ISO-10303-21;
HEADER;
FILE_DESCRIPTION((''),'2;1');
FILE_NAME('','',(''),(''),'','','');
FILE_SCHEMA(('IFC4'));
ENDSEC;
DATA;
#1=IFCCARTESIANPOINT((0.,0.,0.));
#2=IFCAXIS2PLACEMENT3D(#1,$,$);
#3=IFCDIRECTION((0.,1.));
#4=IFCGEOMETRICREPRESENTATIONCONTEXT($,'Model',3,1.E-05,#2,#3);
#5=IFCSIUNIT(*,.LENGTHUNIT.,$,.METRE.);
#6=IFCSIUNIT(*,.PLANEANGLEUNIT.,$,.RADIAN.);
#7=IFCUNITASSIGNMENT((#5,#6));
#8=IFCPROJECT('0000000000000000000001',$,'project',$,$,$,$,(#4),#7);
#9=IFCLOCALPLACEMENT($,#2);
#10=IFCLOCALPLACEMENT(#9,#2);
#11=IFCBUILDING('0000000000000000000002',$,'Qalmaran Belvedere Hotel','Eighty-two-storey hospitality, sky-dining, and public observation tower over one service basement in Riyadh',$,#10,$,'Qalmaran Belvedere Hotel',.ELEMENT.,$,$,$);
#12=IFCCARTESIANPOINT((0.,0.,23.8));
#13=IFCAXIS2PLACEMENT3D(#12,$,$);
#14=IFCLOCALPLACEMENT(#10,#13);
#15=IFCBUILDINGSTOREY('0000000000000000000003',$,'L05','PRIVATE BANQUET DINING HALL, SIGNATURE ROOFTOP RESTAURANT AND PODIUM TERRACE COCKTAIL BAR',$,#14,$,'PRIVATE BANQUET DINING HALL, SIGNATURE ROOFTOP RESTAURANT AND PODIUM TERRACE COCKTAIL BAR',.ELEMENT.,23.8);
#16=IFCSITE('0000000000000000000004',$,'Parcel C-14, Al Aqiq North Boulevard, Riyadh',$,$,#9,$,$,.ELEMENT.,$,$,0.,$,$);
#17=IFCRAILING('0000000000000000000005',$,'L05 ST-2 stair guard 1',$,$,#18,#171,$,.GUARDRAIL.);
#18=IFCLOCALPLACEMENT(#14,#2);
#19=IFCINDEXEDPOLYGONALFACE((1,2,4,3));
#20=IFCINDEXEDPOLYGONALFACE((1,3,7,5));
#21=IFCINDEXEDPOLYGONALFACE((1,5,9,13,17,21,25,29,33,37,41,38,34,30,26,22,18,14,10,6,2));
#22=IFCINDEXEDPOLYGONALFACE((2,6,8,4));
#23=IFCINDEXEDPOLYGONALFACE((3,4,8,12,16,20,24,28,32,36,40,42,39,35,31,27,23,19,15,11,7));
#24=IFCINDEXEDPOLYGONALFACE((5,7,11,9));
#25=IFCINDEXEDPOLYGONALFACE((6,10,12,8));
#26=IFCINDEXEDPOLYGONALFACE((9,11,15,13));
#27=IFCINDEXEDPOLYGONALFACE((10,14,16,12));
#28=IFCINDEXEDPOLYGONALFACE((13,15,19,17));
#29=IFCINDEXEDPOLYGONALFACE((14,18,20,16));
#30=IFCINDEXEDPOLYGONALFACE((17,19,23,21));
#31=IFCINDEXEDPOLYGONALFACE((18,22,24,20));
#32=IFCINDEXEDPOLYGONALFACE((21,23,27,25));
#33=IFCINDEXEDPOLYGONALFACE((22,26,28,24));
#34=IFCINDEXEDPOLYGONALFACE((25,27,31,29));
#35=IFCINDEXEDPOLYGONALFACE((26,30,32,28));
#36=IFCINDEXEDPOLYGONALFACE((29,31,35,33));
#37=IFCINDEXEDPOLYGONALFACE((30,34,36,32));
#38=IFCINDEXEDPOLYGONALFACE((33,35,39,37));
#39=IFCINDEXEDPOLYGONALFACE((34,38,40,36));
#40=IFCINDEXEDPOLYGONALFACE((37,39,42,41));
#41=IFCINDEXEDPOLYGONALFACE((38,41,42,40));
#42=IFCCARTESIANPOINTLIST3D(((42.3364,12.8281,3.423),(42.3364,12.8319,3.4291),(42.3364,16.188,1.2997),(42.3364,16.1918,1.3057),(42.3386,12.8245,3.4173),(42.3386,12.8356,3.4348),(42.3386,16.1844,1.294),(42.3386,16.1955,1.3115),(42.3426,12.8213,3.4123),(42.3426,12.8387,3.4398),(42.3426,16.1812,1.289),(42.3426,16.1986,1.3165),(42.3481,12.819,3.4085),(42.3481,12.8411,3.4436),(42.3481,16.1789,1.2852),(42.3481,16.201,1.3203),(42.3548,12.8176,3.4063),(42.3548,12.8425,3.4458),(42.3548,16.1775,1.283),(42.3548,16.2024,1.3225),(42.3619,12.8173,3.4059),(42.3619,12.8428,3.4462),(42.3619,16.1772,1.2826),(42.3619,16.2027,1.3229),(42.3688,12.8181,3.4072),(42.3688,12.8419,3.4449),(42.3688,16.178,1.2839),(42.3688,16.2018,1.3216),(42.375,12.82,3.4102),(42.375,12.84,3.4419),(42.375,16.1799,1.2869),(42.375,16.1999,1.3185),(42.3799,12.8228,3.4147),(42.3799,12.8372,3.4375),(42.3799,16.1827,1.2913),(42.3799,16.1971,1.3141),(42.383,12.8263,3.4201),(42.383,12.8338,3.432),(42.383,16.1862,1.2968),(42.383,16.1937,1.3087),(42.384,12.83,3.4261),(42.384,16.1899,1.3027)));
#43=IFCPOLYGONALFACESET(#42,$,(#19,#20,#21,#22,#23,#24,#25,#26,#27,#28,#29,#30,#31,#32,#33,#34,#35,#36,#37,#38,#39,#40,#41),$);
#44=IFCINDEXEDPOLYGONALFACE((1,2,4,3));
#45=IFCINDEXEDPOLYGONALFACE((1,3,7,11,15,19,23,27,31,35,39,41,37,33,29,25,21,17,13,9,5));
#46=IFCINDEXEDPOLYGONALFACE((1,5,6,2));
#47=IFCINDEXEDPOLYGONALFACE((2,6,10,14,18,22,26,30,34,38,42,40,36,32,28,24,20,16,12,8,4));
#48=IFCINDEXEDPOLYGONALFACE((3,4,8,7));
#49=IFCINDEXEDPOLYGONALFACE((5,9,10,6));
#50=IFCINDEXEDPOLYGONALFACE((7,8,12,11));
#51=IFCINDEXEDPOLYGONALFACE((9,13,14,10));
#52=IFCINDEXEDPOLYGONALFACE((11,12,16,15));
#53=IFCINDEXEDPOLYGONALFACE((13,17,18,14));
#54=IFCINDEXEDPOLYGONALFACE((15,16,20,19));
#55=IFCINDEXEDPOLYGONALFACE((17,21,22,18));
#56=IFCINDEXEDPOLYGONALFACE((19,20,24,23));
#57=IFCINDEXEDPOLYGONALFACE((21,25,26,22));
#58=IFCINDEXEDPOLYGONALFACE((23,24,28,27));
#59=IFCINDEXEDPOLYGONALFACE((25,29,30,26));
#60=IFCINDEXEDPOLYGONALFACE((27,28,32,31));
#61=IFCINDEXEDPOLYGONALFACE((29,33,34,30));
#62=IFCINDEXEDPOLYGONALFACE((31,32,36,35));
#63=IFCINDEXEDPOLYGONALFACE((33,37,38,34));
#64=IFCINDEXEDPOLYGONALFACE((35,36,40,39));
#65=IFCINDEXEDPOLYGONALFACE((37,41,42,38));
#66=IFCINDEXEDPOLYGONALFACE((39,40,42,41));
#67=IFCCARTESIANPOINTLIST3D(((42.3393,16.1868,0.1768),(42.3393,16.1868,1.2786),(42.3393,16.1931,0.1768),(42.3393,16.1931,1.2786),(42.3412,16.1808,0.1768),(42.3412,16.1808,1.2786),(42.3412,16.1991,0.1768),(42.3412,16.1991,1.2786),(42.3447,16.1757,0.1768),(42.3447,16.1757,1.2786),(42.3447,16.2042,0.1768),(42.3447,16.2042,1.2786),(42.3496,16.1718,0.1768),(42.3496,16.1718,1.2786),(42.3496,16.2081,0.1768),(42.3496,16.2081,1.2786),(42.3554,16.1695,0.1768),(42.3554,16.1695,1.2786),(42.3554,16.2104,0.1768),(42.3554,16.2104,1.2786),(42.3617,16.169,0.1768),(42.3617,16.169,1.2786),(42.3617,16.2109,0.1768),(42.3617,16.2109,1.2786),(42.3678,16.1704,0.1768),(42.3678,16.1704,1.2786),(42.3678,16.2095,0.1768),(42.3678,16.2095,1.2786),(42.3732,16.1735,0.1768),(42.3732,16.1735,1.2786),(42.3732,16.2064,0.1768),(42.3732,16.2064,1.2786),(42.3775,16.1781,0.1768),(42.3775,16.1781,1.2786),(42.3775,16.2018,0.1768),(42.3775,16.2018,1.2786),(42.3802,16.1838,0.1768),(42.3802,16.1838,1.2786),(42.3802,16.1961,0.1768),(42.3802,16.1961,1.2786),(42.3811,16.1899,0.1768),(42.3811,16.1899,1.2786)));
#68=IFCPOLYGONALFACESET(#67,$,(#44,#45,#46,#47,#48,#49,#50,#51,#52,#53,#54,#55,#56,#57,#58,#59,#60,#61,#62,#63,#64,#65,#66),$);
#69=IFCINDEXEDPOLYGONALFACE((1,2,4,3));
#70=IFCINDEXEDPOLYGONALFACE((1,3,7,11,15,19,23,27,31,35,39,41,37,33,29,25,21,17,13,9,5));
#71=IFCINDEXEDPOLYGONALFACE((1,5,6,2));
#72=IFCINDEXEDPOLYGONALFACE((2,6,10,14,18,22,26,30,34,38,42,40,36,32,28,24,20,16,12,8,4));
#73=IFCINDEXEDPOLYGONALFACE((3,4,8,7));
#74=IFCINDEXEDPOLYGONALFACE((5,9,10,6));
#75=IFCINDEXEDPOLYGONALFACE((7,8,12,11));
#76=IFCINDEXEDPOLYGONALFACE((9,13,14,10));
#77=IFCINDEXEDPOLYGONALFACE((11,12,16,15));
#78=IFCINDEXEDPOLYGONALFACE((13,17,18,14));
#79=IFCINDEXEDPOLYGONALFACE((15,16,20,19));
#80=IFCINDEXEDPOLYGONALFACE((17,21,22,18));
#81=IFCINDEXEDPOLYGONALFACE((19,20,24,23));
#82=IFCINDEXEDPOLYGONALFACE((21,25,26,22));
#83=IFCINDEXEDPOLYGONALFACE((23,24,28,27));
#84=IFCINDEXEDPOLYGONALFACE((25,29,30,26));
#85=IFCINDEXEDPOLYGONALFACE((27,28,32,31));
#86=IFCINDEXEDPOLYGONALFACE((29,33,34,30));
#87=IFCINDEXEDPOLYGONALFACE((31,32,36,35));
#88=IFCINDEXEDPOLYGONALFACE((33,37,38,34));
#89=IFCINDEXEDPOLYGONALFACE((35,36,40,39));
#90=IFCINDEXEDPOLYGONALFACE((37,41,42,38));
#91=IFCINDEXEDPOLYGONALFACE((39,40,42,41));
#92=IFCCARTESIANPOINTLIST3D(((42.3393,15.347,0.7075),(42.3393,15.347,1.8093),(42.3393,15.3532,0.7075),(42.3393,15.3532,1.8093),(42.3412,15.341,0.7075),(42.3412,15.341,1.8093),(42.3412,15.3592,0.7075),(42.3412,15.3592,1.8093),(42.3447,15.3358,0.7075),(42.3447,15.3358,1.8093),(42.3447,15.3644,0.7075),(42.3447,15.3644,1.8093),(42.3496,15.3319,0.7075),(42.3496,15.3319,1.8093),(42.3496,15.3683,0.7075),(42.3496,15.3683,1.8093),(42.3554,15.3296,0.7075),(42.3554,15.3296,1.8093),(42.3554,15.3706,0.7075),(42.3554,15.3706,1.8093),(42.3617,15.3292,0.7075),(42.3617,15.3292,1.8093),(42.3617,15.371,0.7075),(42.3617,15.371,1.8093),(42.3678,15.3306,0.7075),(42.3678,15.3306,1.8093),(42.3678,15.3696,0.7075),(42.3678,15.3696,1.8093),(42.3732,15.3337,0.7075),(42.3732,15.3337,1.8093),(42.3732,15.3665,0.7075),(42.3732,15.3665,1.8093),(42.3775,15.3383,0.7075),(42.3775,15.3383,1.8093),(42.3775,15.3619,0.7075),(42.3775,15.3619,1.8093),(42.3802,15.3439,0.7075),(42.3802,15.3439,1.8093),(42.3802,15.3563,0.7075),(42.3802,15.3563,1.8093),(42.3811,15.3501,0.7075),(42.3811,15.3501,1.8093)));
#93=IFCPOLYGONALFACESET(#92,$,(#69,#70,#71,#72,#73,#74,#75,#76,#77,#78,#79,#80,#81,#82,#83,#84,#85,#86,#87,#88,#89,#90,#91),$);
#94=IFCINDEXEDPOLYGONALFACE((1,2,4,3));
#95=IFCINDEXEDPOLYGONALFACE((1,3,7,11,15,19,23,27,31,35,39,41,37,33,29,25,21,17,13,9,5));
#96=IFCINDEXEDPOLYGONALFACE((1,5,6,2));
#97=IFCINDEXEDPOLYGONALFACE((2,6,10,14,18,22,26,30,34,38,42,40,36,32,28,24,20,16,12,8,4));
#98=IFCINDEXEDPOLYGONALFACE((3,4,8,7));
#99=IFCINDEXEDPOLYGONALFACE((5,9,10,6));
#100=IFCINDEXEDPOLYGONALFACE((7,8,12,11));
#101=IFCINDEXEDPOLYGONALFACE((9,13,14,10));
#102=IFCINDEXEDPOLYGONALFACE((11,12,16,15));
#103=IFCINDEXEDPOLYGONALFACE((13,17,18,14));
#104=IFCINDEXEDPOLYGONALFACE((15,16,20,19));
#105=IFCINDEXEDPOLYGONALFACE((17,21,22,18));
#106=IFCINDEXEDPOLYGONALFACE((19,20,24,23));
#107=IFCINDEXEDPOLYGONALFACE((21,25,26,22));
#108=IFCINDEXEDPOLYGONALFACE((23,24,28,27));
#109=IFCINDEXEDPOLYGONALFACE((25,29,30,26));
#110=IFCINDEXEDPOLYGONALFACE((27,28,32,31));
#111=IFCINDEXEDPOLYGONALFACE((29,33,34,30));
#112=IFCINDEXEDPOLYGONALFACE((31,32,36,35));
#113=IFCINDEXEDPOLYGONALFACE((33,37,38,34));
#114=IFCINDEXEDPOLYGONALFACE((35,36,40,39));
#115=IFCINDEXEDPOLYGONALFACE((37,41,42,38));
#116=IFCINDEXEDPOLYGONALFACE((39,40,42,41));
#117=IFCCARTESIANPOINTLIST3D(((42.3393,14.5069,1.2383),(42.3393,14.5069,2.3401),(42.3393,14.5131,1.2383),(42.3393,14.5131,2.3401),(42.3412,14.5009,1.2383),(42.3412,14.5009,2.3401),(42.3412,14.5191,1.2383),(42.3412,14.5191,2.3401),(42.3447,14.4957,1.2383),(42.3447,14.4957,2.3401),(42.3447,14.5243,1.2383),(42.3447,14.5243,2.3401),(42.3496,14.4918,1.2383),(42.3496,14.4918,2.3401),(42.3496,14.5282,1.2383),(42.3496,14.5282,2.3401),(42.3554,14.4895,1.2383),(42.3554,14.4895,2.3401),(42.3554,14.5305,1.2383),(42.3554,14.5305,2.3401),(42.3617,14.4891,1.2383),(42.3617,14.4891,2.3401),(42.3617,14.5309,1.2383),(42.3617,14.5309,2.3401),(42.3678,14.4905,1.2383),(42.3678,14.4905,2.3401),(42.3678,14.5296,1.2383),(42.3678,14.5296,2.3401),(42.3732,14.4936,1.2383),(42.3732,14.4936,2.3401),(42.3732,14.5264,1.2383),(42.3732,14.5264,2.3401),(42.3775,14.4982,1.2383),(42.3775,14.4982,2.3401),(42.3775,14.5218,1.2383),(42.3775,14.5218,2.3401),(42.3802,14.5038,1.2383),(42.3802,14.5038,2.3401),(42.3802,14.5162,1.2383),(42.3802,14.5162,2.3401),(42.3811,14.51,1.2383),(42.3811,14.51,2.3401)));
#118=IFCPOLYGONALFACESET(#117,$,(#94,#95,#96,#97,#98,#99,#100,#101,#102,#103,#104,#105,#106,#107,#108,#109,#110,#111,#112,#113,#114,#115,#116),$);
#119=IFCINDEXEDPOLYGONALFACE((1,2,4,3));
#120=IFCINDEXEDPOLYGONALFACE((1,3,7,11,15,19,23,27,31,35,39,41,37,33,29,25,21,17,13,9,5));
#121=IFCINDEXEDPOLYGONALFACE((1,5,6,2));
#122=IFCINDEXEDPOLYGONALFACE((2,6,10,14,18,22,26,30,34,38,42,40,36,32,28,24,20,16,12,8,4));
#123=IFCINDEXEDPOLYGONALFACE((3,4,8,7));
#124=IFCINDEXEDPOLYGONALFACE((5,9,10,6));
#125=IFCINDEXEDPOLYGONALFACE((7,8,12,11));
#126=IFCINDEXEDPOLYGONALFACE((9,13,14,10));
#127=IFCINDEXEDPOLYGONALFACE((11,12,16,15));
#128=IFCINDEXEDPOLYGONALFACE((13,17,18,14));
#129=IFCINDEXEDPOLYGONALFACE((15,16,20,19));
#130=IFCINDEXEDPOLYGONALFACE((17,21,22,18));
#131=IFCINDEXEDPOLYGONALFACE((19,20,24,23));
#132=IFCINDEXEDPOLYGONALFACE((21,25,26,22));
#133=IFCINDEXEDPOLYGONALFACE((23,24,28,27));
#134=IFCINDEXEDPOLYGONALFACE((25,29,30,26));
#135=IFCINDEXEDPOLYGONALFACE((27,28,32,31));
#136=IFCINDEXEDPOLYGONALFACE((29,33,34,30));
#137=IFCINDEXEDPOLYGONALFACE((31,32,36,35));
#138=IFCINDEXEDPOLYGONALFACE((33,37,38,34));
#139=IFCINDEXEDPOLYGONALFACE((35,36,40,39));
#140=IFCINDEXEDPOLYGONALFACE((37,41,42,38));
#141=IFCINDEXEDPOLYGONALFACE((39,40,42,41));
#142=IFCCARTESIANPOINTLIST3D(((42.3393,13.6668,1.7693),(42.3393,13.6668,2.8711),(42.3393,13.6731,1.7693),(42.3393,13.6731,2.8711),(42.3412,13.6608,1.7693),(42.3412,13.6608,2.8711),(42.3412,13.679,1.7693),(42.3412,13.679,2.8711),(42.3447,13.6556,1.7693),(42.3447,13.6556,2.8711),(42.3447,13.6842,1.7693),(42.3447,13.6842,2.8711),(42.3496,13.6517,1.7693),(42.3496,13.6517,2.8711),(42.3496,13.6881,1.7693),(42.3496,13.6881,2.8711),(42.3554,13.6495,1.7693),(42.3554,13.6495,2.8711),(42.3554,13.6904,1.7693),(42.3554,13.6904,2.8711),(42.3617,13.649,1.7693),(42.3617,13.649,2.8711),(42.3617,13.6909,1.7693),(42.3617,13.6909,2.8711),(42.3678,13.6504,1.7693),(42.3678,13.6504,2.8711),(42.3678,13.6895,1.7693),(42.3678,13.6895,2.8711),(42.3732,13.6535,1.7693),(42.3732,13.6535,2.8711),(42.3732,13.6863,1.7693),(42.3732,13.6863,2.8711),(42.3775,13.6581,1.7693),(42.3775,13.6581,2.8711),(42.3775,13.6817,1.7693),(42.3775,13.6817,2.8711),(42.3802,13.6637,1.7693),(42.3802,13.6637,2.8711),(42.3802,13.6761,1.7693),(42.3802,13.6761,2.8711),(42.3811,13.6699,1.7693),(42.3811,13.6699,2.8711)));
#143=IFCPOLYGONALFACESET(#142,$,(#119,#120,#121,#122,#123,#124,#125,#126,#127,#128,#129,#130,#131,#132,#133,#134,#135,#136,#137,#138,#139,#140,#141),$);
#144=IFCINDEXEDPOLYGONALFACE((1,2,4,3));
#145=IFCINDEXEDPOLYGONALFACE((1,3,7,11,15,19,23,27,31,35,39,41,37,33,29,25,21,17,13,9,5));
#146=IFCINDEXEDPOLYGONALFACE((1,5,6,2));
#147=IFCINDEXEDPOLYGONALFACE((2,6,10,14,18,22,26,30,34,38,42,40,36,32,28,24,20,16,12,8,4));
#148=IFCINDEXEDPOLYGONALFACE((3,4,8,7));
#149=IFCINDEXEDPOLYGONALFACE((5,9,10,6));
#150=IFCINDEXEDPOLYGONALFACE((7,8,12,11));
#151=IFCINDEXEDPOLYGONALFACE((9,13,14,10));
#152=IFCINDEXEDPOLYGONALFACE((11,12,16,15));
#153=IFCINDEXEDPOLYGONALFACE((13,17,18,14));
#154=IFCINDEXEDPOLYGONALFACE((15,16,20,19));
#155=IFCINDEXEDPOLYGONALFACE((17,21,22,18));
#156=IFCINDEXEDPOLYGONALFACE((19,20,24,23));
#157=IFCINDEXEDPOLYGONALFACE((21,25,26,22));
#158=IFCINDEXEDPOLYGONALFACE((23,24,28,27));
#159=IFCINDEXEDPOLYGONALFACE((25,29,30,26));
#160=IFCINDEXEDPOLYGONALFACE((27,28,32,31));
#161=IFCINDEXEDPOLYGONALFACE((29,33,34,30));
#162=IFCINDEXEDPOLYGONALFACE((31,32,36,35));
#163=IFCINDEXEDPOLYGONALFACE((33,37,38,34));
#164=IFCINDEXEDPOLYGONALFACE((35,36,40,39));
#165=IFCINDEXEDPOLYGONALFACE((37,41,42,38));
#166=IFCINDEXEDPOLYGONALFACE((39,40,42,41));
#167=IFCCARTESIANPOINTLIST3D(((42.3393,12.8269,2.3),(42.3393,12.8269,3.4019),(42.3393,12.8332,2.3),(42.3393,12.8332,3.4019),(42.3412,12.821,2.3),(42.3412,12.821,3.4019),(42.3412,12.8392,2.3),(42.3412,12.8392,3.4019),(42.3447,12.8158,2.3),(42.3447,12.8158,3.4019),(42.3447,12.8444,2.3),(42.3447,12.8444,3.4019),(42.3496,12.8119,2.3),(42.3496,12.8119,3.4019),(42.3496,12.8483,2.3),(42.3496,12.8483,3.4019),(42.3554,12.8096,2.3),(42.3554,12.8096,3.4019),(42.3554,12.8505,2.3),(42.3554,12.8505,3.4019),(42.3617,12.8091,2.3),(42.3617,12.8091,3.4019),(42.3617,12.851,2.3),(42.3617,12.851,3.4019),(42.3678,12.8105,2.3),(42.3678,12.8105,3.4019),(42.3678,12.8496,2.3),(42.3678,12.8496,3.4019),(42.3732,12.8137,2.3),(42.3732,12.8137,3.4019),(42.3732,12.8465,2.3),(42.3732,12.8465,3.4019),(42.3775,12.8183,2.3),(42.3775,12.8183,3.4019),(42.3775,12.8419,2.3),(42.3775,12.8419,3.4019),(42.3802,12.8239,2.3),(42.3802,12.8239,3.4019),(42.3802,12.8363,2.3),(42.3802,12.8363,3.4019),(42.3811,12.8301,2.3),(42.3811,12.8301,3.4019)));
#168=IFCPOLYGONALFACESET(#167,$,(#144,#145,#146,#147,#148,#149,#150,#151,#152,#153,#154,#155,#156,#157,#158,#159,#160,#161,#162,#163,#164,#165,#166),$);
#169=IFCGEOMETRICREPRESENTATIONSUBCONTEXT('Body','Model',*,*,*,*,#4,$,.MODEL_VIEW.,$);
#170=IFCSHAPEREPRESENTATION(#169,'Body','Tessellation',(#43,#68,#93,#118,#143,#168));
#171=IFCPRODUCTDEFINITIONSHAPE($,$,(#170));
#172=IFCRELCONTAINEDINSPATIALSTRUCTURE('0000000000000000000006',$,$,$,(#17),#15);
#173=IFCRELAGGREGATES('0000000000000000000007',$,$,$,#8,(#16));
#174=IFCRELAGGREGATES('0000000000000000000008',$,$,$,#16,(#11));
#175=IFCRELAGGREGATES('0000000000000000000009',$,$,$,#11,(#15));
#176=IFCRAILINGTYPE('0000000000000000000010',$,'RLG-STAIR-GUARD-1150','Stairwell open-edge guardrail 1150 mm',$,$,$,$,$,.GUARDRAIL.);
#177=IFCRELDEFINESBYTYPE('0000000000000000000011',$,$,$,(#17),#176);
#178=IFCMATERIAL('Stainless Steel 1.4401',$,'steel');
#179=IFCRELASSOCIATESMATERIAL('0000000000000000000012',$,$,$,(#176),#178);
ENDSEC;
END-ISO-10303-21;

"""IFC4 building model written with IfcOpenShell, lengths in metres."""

from ifc_helpers import new_model, si_unit, direction, frame, origin, origin_2d, place, context, subcontext, project, spatial, circle, extrude, material, type_object, element, save


model = new_model("IFC4")

# Units and contexts
model_context = context("Model", 3, precision=1e-05, world=origin(), true_north=direction((0.0, 1.0)))
body_context = subcontext(model_context, "Body", "Model", "MODEL_VIEW")
ifc_project = project(units=[si_unit("LENGTHUNIT", "METRE"), si_unit("PLANEANGLEUNIT", "RADIAN")], contexts=[model_context])

# Site, building, storey
site_placement = place(None, origin())
site = spatial("IfcSite", under=ifc_project, at=site_placement, Name="Parcel C-14, Al Aqiq North Boulevard, Riyadh", CompositionType="ELEMENT", RefElevation=0.0)
building_placement = place(site_placement, origin())
building = spatial("IfcBuilding", under=site, at=building_placement, Name="Qalmaran Belvedere Hotel", Description="Eighty-two-storey hospitality, sky-dining, and public observation tower over one service basement in Riyadh", LongName="Qalmaran Belvedere Hotel", CompositionType="ELEMENT")
storey_placement = place(building_placement, frame((0.0, 0.0, 23.8)))
storey = spatial("IfcBuildingStorey", under=building, at=storey_placement, Name="L05", Description="PRIVATE BANQUET DINING HALL, SIGNATURE ROOFTOP RESTAURANT AND PODIUM TERRACE COCKTAIL BAR", LongName="PRIVATE BANQUET DINING HALL, SIGNATURE ROOFTOP RESTAURANT AND PODIUM TERRACE COCKTAIL BAR", CompositionType="ELEMENT", Elevation=23.8)

# Shared definitions
ifc_material_1 = material(Name="Stainless Steel 1.4401", Category="steel")

# Railing
railing_type_1 = type_object("IfcRailingType", Name="RLG-STAIR-GUARD-1150", Description="Stairwell open-edge guardrail 1150 mm", PredefinedType="GUARDRAIL", material=ifc_material_1)
railing_1_placement = place(storey_placement, frame((42.3601, 16.1899, 0.1768)))
element("IfcRailing", 1, at=railing_1_placement, inside=storey, type_object=railing_type_1, Name="L05 ST-2 stair guard 1", PredefinedType="GUARDRAIL", context=body_context, shape_type="SweptSolid", body=[
    extrude(circle(Radius=0.0239, at=origin_2d()), frame((0.0, 0.0, 1.126), z_axis=(0.0, -0.845344, 0.534222), x_axis=(1.0, 0.0, 0.0)), (0.0, 0.0, 1.0), 3.9746),
    extrude(circle(Radius=0.021, at=origin_2d()), origin(), (0.0, 0.0, 1.0), 1.1018),
    extrude(circle(Radius=0.021, at=origin_2d()), frame((0.0, -0.8398, 0.5308)), (0.0, 0.0, 1.0), 1.1018),
    extrude(circle(Radius=0.021, at=origin_2d()), frame((0.0, -1.6799, 1.0615)), (0.0, 0.0, 1.0), 1.1018),
    extrude(circle(Radius=0.021, at=origin_2d()), frame((0.0, -2.52, 1.5925)), (0.0, 0.0, 1.0), 1.1018),
    extrude(circle(Radius=0.021, at=origin_2d()), frame((0.0, -3.3599, 2.1233)), (0.0, 0.0, 1.0), 1.1018),
])

save(model, "model.ifc")
